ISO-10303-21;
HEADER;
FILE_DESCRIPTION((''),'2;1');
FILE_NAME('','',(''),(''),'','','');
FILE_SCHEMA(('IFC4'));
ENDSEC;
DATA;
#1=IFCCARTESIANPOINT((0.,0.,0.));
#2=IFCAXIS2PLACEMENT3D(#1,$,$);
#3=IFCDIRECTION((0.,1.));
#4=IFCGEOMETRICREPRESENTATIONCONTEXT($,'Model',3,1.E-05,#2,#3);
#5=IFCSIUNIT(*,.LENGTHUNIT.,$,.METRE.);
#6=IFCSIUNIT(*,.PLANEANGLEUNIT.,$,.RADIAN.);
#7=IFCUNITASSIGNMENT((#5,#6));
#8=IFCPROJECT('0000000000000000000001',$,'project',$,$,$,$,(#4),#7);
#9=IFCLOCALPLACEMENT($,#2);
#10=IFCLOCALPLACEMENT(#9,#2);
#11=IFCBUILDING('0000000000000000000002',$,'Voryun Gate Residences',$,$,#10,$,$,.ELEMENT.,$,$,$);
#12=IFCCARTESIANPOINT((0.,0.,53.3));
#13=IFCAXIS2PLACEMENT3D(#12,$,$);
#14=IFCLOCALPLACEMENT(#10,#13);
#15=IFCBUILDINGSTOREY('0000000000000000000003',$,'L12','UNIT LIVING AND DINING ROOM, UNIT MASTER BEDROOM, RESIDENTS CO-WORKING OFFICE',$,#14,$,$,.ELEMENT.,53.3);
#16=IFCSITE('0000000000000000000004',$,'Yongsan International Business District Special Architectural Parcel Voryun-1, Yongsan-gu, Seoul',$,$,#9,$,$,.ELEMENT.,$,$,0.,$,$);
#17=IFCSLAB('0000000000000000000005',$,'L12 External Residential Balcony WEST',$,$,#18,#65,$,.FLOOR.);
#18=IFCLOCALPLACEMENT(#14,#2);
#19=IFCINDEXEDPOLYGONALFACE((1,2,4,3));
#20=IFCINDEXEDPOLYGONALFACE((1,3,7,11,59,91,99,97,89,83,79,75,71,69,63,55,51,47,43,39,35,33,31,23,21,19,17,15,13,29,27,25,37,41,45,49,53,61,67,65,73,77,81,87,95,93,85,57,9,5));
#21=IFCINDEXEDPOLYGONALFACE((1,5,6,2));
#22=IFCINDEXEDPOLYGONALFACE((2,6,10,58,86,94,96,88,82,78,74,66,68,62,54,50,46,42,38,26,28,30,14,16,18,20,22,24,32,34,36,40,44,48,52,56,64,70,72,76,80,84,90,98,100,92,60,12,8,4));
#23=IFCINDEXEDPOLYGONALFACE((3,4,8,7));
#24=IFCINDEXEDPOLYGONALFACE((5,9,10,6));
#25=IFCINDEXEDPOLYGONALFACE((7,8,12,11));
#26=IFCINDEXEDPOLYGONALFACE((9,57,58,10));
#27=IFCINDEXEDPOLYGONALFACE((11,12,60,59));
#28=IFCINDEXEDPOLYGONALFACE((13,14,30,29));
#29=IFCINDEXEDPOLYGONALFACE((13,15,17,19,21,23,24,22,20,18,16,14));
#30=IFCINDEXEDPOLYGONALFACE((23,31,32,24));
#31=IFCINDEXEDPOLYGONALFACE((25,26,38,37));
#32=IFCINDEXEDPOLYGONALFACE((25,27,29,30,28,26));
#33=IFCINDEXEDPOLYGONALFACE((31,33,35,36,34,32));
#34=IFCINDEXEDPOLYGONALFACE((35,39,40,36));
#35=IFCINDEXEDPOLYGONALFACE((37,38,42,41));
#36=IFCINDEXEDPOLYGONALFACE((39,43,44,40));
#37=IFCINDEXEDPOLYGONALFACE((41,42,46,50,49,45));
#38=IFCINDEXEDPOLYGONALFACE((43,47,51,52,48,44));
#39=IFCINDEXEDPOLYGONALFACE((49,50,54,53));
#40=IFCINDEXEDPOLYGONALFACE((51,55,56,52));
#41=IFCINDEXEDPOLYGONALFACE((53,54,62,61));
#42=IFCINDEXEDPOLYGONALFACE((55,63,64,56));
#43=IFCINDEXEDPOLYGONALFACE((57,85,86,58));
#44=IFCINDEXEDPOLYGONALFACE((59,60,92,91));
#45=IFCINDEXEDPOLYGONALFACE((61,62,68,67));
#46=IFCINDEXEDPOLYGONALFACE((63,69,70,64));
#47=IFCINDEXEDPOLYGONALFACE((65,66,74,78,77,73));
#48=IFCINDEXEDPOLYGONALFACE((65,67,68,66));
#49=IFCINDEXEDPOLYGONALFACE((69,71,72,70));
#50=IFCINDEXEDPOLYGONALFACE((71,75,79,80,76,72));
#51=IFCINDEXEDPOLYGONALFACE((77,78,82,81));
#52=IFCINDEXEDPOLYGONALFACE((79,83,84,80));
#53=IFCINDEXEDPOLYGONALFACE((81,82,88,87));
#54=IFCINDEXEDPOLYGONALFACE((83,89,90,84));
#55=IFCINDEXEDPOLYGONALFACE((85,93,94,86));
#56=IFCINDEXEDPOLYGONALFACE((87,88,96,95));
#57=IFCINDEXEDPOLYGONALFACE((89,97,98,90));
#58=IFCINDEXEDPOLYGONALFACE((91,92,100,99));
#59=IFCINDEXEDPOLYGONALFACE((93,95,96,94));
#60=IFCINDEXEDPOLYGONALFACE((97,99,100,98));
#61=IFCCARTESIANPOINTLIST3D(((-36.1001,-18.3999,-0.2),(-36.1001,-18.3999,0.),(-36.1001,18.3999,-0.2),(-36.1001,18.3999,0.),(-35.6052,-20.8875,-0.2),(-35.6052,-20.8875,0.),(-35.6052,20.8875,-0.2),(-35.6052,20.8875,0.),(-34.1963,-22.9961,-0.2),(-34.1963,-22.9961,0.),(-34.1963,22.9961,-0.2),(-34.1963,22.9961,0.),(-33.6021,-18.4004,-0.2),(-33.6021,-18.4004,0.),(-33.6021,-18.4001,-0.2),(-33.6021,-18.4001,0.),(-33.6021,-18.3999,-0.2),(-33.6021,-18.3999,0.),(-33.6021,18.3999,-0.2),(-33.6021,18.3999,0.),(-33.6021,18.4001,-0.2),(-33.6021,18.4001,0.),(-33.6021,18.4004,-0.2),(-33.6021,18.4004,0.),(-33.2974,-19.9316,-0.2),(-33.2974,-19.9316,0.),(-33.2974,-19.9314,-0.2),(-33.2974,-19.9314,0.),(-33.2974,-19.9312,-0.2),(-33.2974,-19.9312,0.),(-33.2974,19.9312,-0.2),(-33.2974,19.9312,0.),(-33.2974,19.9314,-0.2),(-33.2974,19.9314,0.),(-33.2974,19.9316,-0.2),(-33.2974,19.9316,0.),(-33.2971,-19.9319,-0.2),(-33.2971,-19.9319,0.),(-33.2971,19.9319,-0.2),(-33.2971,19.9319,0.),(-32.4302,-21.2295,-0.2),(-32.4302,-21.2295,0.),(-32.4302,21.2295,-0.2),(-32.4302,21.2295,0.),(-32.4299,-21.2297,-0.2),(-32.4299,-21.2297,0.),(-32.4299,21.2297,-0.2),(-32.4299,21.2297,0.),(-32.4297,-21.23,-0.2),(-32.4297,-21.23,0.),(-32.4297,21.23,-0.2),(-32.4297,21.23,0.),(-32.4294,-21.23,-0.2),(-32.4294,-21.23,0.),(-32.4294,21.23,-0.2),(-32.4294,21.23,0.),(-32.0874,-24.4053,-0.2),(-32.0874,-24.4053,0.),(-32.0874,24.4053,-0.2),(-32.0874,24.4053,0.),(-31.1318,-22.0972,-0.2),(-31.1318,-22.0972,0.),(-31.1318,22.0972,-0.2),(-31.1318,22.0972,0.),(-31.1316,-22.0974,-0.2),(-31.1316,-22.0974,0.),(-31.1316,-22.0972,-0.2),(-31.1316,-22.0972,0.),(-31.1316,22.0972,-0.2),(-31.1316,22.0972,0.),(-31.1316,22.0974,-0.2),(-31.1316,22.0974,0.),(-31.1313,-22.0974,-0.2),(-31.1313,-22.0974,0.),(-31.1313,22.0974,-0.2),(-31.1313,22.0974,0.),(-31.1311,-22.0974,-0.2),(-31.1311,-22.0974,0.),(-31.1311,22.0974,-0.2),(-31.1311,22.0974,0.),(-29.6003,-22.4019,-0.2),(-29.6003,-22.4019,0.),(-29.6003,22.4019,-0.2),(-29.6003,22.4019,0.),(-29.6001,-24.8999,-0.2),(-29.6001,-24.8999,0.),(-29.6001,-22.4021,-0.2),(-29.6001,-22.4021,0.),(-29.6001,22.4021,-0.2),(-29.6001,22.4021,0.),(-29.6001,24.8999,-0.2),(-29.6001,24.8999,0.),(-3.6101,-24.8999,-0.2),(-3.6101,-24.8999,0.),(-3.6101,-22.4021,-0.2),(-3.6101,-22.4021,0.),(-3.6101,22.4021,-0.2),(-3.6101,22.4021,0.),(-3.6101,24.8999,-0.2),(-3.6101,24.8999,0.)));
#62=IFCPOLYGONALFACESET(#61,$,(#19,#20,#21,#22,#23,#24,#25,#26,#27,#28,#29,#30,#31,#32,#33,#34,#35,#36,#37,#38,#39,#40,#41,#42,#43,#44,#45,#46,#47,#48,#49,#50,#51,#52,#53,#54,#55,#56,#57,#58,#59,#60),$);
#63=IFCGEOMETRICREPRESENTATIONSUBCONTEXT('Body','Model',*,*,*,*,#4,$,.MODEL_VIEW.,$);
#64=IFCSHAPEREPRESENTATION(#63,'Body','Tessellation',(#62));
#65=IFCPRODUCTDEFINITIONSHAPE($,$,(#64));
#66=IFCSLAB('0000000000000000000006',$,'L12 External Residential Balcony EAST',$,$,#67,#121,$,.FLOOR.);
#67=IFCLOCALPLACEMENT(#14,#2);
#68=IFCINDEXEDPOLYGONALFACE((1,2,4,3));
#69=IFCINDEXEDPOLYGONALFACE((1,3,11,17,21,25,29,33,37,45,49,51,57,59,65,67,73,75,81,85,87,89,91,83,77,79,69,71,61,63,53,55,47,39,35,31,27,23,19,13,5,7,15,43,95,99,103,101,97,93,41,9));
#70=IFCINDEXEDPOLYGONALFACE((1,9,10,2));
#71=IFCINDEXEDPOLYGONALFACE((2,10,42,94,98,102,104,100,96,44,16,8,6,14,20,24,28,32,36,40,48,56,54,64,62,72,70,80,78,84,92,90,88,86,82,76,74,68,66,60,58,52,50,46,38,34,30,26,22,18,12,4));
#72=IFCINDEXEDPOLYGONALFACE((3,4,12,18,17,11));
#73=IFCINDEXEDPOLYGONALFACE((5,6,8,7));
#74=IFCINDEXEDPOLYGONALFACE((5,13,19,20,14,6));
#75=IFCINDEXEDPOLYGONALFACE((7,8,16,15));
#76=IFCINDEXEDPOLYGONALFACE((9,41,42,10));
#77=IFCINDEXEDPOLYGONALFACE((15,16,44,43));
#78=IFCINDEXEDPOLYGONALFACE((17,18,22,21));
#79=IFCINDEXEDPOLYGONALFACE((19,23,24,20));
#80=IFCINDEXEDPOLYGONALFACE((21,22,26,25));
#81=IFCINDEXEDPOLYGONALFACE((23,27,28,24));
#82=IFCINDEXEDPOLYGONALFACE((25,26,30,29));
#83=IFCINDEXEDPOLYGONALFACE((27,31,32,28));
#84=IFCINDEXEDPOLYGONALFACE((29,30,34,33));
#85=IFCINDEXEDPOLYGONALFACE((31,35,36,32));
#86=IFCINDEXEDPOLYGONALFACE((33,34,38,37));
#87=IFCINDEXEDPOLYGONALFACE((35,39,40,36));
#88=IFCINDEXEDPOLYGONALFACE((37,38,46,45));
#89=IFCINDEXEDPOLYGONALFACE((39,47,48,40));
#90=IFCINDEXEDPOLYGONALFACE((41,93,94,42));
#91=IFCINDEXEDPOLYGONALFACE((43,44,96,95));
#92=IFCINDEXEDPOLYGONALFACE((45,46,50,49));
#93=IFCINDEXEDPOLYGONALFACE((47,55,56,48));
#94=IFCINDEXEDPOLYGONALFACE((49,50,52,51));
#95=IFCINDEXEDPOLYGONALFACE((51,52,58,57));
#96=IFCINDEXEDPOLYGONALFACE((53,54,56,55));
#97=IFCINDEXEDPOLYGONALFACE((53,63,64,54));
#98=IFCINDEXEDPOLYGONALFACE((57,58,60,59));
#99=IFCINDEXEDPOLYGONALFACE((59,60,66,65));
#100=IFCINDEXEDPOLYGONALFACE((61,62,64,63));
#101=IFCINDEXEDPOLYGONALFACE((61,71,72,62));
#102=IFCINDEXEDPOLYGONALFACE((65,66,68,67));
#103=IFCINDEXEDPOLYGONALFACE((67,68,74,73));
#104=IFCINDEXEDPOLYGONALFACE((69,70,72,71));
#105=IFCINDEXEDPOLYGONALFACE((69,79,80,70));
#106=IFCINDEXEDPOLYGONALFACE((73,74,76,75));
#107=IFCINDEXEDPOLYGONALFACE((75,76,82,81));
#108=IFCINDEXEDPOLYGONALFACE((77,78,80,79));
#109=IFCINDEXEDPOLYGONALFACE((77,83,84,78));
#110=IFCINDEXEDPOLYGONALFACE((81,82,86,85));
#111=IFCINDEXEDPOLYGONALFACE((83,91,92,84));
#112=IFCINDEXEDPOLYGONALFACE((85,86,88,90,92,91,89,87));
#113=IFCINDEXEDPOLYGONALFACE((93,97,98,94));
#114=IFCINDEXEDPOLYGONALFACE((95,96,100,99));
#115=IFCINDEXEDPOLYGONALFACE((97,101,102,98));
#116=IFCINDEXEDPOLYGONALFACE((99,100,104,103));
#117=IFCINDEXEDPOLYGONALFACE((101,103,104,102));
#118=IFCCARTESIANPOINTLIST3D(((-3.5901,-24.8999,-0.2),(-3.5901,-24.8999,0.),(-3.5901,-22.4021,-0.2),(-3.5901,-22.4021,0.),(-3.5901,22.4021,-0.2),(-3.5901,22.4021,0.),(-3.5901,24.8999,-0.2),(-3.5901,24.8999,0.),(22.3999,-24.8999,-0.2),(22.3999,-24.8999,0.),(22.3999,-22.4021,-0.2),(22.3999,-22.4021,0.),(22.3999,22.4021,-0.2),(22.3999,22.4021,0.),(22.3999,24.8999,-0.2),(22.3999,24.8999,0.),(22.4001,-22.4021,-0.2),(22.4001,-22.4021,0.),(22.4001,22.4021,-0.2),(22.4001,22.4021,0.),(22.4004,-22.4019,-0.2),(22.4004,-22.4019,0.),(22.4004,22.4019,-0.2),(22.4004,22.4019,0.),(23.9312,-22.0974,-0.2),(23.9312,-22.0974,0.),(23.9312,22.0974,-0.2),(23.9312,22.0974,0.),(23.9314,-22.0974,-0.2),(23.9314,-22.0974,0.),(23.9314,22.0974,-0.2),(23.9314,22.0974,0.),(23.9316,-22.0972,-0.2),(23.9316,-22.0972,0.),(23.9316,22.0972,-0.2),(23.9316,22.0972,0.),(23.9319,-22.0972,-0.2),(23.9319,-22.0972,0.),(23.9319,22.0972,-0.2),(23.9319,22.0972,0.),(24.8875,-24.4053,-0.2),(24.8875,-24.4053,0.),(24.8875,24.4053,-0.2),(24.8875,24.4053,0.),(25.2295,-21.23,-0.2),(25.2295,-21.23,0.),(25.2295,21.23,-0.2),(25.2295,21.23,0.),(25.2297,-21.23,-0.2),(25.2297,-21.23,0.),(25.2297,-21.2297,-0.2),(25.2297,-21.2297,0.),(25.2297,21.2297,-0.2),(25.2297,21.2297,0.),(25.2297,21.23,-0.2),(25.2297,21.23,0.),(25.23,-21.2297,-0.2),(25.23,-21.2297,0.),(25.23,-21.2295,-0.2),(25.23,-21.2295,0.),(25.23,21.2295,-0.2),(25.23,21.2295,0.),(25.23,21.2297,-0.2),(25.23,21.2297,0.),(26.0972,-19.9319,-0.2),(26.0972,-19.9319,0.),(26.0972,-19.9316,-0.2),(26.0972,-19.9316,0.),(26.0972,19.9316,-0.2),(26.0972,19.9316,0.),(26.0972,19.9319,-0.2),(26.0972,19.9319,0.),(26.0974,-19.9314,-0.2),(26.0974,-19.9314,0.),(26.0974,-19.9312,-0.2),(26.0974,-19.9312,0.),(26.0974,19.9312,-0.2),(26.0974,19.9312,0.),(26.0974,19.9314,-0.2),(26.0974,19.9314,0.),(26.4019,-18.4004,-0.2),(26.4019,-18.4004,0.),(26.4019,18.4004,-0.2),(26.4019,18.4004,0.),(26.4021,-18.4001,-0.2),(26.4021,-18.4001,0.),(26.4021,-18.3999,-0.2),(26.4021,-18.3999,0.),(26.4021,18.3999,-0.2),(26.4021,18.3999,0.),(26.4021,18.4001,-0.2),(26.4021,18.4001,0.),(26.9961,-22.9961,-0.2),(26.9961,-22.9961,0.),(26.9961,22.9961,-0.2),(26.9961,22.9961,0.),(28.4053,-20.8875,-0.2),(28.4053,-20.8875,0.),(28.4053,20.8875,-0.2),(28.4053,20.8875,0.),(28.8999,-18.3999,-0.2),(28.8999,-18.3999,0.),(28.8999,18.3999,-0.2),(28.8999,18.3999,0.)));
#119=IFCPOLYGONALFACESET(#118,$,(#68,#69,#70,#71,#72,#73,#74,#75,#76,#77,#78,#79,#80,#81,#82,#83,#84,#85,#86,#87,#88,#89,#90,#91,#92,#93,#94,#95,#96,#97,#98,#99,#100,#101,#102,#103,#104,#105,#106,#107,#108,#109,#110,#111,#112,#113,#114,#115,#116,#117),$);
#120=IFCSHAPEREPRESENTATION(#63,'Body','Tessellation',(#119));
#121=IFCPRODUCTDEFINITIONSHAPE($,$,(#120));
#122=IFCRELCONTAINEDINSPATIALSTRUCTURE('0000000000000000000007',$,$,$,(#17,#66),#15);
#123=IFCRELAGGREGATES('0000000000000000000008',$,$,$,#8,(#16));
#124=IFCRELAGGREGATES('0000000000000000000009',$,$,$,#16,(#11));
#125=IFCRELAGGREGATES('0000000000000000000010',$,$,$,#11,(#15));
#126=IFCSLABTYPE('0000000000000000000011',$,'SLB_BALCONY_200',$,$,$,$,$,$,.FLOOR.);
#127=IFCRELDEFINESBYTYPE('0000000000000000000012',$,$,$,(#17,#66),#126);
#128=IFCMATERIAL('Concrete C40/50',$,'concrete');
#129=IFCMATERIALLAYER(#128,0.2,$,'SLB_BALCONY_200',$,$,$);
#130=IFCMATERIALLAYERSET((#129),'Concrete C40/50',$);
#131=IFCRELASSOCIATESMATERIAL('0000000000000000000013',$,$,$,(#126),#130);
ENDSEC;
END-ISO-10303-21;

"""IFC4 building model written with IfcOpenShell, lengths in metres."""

from ifc_helpers import new_model, si_unit, direction, frame, origin, place, context, subcontext, project, spatial, polyline, outline, extrude, material, layer, layer_set, type_object, element, save


model = new_model("IFC4")

# Units and contexts
model_context = context("Model", 3, precision=1e-05, world=origin(), true_north=direction((0.0, 1.0)))
body_context = subcontext(model_context, "Body", "Model", "MODEL_VIEW")
ifc_project = project(units=[si_unit("LENGTHUNIT", "METRE"), si_unit("PLANEANGLEUNIT", "RADIAN")], contexts=[model_context])

# Site, building, storey
site_placement = place(None, origin())
site = spatial("IfcSite", under=ifc_project, at=site_placement, Name="Yongsan International Business District Special Architectural Parcel Voryun-1, Yongsan-gu, Seoul", CompositionType="ELEMENT", RefElevation=0.0)
building_placement = place(site_placement, origin())
building = spatial("IfcBuilding", under=site, at=building_placement, Name="Voryun Gate Residences", CompositionType="ELEMENT")
storey_placement = place(building_placement, frame((0.0, 0.0, 53.3)))
storey = spatial("IfcBuildingStorey", under=building, at=storey_placement, Name="L12", Description="UNIT LIVING AND DINING ROOM, UNIT MASTER BEDROOM, RESIDENTS CO-WORKING OFFICE", CompositionType="ELEMENT", Elevation=53.3)

# Slabs
ifc_material_1 = material(Name="Concrete C40/50", Category="concrete")
ifc_layer_1 = layer(ifc_material_1, 0.2, Name="SLB_BALCONY_200")
ifc_layer_set_1 = layer_set([ifc_layer_1], Name="Concrete C40/50")
slab_type_1 = type_object("IfcSlabType", Name="SLB_BALCONY_200", PredefinedType="FLOOR", material=ifc_layer_set_1)
slab_1_placement = place(storey_placement, frame((0.0, 0.0, -0.2)))
element("IfcSlab", 1, at=slab_1_placement, inside=storey, type_object=slab_type_1, Name="L12 External Residential Balcony WEST", PredefinedType="FLOOR", context=body_context, shape_type="SweptSolid", body=[
    extrude(outline(polyline([(-32.0874, -24.4053), (-34.1963, -22.9961), (-35.6052, -20.8875), (-36.1001, -18.3999), (-36.1001, 18.3999), (-35.6052, 20.8875), (-34.1963, 22.9961), (-32.0874, 24.4053), (-29.6001, 24.8999), (-3.6101, 24.8999), (-3.6101, 22.4021), (-29.6001, 22.4021), (-29.6001, 22.4021), (-29.6003, 22.4019), (-31.1311, 22.0974), (-31.1313, 22.0974), (-31.1316, 22.0974), (-31.1316, 22.0972), (-31.1318, 22.0972), (-32.4294, 21.23), (-32.4297, 21.23), (-32.4299, 21.2297), (-32.4299, 21.2297), (-32.4302, 21.2295), (-33.2971, 19.9319), (-33.2974, 19.9316), (-33.2974, 19.9314), (-33.2974, 19.9314), (-33.2974, 19.9312), (-33.6021, 18.4004), (-33.6021, 18.4001), (-33.6021, 18.3999), (-33.6021, -18.3999), (-33.6021, -18.4001), (-33.6021, -18.4004), (-33.2974, -19.9312), (-33.2974, -19.9314), (-33.2974, -19.9314), (-33.2974, -19.9316), (-33.2971, -19.9319), (-32.4302, -21.2295), (-32.4299, -21.2297), (-32.4299, -21.2297), (-32.4297, -21.23), (-32.4294, -21.23), (-31.1318, -22.0972), (-31.1316, -22.0972), (-31.1316, -22.0974), (-31.1313, -22.0974), (-31.1311, -22.0974), (-29.6003, -22.4019), (-29.6001, -22.4021), (-29.6001, -22.4021), (-3.6101, -22.4021), (-3.6101, -24.8999), (-29.6001, -24.8999), (-32.0874, -24.4053)])), origin(), (0.0, 0.0, 1.0), 0.2),
])
slab_2_placement = place(storey_placement, frame((0.0, 0.0, -0.2)))
element("IfcSlab", 2, at=slab_2_placement, inside=storey, type_object=slab_type_1, Name="L12 External Residential Balcony EAST", PredefinedType="FLOOR", context=body_context, shape_type="SweptSolid", body=[
    extrude(outline(polyline([(22.3999, 24.8999), (24.8875, 24.4053), (26.9961, 22.9961), (28.4053, 20.8875), (28.8999, 18.3999), (28.8999, -18.3999), (28.4053, -20.8875), (26.9961, -22.9961), (24.8875, -24.4053), (22.3999, -24.8999), (-3.5901, -24.8999), (-3.5901, -22.4021), (22.3999, -22.4021), (22.4001, -22.4021), (22.4004, -22.4019), (23.9312, -22.0974), (23.9314, -22.0974), (23.9314, -22.0974), (23.9316, -22.0972), (23.9319, -22.0972), (25.2295, -21.23), (25.2297, -21.23), (25.2297, -21.2297), (25.23, -21.2297), (25.23, -21.2295), (26.0972, -19.9319), (26.0972, -19.9316), (26.0974, -19.9314), (26.0974, -19.9314), (26.0974, -19.9312), (26.4019, -18.4004), (26.4021, -18.4001), (26.4021, -18.3999), (26.4021, 18.3999), (26.4021, 18.4001), (26.4019, 18.4004), (26.0974, 19.9312), (26.0974, 19.9314), (26.0974, 19.9314), (26.0972, 19.9316), (26.0972, 19.9319), (25.23, 21.2295), (25.23, 21.2297), (25.2297, 21.2297), (25.2297, 21.23), (25.2295, 21.23), (23.9319, 22.0972), (23.9316, 22.0972), (23.9314, 22.0974), (23.9314, 22.0974), (23.9312, 22.0974), (22.4004, 22.4019), (22.4001, 22.4021), (22.3999, 22.4021), (-3.5901, 22.4021), (-3.5901, 24.8999), (22.3999, 24.8999)])), origin(), (0.0, 0.0, 1.0), 0.2),
])

save(model, "model.ifc")
